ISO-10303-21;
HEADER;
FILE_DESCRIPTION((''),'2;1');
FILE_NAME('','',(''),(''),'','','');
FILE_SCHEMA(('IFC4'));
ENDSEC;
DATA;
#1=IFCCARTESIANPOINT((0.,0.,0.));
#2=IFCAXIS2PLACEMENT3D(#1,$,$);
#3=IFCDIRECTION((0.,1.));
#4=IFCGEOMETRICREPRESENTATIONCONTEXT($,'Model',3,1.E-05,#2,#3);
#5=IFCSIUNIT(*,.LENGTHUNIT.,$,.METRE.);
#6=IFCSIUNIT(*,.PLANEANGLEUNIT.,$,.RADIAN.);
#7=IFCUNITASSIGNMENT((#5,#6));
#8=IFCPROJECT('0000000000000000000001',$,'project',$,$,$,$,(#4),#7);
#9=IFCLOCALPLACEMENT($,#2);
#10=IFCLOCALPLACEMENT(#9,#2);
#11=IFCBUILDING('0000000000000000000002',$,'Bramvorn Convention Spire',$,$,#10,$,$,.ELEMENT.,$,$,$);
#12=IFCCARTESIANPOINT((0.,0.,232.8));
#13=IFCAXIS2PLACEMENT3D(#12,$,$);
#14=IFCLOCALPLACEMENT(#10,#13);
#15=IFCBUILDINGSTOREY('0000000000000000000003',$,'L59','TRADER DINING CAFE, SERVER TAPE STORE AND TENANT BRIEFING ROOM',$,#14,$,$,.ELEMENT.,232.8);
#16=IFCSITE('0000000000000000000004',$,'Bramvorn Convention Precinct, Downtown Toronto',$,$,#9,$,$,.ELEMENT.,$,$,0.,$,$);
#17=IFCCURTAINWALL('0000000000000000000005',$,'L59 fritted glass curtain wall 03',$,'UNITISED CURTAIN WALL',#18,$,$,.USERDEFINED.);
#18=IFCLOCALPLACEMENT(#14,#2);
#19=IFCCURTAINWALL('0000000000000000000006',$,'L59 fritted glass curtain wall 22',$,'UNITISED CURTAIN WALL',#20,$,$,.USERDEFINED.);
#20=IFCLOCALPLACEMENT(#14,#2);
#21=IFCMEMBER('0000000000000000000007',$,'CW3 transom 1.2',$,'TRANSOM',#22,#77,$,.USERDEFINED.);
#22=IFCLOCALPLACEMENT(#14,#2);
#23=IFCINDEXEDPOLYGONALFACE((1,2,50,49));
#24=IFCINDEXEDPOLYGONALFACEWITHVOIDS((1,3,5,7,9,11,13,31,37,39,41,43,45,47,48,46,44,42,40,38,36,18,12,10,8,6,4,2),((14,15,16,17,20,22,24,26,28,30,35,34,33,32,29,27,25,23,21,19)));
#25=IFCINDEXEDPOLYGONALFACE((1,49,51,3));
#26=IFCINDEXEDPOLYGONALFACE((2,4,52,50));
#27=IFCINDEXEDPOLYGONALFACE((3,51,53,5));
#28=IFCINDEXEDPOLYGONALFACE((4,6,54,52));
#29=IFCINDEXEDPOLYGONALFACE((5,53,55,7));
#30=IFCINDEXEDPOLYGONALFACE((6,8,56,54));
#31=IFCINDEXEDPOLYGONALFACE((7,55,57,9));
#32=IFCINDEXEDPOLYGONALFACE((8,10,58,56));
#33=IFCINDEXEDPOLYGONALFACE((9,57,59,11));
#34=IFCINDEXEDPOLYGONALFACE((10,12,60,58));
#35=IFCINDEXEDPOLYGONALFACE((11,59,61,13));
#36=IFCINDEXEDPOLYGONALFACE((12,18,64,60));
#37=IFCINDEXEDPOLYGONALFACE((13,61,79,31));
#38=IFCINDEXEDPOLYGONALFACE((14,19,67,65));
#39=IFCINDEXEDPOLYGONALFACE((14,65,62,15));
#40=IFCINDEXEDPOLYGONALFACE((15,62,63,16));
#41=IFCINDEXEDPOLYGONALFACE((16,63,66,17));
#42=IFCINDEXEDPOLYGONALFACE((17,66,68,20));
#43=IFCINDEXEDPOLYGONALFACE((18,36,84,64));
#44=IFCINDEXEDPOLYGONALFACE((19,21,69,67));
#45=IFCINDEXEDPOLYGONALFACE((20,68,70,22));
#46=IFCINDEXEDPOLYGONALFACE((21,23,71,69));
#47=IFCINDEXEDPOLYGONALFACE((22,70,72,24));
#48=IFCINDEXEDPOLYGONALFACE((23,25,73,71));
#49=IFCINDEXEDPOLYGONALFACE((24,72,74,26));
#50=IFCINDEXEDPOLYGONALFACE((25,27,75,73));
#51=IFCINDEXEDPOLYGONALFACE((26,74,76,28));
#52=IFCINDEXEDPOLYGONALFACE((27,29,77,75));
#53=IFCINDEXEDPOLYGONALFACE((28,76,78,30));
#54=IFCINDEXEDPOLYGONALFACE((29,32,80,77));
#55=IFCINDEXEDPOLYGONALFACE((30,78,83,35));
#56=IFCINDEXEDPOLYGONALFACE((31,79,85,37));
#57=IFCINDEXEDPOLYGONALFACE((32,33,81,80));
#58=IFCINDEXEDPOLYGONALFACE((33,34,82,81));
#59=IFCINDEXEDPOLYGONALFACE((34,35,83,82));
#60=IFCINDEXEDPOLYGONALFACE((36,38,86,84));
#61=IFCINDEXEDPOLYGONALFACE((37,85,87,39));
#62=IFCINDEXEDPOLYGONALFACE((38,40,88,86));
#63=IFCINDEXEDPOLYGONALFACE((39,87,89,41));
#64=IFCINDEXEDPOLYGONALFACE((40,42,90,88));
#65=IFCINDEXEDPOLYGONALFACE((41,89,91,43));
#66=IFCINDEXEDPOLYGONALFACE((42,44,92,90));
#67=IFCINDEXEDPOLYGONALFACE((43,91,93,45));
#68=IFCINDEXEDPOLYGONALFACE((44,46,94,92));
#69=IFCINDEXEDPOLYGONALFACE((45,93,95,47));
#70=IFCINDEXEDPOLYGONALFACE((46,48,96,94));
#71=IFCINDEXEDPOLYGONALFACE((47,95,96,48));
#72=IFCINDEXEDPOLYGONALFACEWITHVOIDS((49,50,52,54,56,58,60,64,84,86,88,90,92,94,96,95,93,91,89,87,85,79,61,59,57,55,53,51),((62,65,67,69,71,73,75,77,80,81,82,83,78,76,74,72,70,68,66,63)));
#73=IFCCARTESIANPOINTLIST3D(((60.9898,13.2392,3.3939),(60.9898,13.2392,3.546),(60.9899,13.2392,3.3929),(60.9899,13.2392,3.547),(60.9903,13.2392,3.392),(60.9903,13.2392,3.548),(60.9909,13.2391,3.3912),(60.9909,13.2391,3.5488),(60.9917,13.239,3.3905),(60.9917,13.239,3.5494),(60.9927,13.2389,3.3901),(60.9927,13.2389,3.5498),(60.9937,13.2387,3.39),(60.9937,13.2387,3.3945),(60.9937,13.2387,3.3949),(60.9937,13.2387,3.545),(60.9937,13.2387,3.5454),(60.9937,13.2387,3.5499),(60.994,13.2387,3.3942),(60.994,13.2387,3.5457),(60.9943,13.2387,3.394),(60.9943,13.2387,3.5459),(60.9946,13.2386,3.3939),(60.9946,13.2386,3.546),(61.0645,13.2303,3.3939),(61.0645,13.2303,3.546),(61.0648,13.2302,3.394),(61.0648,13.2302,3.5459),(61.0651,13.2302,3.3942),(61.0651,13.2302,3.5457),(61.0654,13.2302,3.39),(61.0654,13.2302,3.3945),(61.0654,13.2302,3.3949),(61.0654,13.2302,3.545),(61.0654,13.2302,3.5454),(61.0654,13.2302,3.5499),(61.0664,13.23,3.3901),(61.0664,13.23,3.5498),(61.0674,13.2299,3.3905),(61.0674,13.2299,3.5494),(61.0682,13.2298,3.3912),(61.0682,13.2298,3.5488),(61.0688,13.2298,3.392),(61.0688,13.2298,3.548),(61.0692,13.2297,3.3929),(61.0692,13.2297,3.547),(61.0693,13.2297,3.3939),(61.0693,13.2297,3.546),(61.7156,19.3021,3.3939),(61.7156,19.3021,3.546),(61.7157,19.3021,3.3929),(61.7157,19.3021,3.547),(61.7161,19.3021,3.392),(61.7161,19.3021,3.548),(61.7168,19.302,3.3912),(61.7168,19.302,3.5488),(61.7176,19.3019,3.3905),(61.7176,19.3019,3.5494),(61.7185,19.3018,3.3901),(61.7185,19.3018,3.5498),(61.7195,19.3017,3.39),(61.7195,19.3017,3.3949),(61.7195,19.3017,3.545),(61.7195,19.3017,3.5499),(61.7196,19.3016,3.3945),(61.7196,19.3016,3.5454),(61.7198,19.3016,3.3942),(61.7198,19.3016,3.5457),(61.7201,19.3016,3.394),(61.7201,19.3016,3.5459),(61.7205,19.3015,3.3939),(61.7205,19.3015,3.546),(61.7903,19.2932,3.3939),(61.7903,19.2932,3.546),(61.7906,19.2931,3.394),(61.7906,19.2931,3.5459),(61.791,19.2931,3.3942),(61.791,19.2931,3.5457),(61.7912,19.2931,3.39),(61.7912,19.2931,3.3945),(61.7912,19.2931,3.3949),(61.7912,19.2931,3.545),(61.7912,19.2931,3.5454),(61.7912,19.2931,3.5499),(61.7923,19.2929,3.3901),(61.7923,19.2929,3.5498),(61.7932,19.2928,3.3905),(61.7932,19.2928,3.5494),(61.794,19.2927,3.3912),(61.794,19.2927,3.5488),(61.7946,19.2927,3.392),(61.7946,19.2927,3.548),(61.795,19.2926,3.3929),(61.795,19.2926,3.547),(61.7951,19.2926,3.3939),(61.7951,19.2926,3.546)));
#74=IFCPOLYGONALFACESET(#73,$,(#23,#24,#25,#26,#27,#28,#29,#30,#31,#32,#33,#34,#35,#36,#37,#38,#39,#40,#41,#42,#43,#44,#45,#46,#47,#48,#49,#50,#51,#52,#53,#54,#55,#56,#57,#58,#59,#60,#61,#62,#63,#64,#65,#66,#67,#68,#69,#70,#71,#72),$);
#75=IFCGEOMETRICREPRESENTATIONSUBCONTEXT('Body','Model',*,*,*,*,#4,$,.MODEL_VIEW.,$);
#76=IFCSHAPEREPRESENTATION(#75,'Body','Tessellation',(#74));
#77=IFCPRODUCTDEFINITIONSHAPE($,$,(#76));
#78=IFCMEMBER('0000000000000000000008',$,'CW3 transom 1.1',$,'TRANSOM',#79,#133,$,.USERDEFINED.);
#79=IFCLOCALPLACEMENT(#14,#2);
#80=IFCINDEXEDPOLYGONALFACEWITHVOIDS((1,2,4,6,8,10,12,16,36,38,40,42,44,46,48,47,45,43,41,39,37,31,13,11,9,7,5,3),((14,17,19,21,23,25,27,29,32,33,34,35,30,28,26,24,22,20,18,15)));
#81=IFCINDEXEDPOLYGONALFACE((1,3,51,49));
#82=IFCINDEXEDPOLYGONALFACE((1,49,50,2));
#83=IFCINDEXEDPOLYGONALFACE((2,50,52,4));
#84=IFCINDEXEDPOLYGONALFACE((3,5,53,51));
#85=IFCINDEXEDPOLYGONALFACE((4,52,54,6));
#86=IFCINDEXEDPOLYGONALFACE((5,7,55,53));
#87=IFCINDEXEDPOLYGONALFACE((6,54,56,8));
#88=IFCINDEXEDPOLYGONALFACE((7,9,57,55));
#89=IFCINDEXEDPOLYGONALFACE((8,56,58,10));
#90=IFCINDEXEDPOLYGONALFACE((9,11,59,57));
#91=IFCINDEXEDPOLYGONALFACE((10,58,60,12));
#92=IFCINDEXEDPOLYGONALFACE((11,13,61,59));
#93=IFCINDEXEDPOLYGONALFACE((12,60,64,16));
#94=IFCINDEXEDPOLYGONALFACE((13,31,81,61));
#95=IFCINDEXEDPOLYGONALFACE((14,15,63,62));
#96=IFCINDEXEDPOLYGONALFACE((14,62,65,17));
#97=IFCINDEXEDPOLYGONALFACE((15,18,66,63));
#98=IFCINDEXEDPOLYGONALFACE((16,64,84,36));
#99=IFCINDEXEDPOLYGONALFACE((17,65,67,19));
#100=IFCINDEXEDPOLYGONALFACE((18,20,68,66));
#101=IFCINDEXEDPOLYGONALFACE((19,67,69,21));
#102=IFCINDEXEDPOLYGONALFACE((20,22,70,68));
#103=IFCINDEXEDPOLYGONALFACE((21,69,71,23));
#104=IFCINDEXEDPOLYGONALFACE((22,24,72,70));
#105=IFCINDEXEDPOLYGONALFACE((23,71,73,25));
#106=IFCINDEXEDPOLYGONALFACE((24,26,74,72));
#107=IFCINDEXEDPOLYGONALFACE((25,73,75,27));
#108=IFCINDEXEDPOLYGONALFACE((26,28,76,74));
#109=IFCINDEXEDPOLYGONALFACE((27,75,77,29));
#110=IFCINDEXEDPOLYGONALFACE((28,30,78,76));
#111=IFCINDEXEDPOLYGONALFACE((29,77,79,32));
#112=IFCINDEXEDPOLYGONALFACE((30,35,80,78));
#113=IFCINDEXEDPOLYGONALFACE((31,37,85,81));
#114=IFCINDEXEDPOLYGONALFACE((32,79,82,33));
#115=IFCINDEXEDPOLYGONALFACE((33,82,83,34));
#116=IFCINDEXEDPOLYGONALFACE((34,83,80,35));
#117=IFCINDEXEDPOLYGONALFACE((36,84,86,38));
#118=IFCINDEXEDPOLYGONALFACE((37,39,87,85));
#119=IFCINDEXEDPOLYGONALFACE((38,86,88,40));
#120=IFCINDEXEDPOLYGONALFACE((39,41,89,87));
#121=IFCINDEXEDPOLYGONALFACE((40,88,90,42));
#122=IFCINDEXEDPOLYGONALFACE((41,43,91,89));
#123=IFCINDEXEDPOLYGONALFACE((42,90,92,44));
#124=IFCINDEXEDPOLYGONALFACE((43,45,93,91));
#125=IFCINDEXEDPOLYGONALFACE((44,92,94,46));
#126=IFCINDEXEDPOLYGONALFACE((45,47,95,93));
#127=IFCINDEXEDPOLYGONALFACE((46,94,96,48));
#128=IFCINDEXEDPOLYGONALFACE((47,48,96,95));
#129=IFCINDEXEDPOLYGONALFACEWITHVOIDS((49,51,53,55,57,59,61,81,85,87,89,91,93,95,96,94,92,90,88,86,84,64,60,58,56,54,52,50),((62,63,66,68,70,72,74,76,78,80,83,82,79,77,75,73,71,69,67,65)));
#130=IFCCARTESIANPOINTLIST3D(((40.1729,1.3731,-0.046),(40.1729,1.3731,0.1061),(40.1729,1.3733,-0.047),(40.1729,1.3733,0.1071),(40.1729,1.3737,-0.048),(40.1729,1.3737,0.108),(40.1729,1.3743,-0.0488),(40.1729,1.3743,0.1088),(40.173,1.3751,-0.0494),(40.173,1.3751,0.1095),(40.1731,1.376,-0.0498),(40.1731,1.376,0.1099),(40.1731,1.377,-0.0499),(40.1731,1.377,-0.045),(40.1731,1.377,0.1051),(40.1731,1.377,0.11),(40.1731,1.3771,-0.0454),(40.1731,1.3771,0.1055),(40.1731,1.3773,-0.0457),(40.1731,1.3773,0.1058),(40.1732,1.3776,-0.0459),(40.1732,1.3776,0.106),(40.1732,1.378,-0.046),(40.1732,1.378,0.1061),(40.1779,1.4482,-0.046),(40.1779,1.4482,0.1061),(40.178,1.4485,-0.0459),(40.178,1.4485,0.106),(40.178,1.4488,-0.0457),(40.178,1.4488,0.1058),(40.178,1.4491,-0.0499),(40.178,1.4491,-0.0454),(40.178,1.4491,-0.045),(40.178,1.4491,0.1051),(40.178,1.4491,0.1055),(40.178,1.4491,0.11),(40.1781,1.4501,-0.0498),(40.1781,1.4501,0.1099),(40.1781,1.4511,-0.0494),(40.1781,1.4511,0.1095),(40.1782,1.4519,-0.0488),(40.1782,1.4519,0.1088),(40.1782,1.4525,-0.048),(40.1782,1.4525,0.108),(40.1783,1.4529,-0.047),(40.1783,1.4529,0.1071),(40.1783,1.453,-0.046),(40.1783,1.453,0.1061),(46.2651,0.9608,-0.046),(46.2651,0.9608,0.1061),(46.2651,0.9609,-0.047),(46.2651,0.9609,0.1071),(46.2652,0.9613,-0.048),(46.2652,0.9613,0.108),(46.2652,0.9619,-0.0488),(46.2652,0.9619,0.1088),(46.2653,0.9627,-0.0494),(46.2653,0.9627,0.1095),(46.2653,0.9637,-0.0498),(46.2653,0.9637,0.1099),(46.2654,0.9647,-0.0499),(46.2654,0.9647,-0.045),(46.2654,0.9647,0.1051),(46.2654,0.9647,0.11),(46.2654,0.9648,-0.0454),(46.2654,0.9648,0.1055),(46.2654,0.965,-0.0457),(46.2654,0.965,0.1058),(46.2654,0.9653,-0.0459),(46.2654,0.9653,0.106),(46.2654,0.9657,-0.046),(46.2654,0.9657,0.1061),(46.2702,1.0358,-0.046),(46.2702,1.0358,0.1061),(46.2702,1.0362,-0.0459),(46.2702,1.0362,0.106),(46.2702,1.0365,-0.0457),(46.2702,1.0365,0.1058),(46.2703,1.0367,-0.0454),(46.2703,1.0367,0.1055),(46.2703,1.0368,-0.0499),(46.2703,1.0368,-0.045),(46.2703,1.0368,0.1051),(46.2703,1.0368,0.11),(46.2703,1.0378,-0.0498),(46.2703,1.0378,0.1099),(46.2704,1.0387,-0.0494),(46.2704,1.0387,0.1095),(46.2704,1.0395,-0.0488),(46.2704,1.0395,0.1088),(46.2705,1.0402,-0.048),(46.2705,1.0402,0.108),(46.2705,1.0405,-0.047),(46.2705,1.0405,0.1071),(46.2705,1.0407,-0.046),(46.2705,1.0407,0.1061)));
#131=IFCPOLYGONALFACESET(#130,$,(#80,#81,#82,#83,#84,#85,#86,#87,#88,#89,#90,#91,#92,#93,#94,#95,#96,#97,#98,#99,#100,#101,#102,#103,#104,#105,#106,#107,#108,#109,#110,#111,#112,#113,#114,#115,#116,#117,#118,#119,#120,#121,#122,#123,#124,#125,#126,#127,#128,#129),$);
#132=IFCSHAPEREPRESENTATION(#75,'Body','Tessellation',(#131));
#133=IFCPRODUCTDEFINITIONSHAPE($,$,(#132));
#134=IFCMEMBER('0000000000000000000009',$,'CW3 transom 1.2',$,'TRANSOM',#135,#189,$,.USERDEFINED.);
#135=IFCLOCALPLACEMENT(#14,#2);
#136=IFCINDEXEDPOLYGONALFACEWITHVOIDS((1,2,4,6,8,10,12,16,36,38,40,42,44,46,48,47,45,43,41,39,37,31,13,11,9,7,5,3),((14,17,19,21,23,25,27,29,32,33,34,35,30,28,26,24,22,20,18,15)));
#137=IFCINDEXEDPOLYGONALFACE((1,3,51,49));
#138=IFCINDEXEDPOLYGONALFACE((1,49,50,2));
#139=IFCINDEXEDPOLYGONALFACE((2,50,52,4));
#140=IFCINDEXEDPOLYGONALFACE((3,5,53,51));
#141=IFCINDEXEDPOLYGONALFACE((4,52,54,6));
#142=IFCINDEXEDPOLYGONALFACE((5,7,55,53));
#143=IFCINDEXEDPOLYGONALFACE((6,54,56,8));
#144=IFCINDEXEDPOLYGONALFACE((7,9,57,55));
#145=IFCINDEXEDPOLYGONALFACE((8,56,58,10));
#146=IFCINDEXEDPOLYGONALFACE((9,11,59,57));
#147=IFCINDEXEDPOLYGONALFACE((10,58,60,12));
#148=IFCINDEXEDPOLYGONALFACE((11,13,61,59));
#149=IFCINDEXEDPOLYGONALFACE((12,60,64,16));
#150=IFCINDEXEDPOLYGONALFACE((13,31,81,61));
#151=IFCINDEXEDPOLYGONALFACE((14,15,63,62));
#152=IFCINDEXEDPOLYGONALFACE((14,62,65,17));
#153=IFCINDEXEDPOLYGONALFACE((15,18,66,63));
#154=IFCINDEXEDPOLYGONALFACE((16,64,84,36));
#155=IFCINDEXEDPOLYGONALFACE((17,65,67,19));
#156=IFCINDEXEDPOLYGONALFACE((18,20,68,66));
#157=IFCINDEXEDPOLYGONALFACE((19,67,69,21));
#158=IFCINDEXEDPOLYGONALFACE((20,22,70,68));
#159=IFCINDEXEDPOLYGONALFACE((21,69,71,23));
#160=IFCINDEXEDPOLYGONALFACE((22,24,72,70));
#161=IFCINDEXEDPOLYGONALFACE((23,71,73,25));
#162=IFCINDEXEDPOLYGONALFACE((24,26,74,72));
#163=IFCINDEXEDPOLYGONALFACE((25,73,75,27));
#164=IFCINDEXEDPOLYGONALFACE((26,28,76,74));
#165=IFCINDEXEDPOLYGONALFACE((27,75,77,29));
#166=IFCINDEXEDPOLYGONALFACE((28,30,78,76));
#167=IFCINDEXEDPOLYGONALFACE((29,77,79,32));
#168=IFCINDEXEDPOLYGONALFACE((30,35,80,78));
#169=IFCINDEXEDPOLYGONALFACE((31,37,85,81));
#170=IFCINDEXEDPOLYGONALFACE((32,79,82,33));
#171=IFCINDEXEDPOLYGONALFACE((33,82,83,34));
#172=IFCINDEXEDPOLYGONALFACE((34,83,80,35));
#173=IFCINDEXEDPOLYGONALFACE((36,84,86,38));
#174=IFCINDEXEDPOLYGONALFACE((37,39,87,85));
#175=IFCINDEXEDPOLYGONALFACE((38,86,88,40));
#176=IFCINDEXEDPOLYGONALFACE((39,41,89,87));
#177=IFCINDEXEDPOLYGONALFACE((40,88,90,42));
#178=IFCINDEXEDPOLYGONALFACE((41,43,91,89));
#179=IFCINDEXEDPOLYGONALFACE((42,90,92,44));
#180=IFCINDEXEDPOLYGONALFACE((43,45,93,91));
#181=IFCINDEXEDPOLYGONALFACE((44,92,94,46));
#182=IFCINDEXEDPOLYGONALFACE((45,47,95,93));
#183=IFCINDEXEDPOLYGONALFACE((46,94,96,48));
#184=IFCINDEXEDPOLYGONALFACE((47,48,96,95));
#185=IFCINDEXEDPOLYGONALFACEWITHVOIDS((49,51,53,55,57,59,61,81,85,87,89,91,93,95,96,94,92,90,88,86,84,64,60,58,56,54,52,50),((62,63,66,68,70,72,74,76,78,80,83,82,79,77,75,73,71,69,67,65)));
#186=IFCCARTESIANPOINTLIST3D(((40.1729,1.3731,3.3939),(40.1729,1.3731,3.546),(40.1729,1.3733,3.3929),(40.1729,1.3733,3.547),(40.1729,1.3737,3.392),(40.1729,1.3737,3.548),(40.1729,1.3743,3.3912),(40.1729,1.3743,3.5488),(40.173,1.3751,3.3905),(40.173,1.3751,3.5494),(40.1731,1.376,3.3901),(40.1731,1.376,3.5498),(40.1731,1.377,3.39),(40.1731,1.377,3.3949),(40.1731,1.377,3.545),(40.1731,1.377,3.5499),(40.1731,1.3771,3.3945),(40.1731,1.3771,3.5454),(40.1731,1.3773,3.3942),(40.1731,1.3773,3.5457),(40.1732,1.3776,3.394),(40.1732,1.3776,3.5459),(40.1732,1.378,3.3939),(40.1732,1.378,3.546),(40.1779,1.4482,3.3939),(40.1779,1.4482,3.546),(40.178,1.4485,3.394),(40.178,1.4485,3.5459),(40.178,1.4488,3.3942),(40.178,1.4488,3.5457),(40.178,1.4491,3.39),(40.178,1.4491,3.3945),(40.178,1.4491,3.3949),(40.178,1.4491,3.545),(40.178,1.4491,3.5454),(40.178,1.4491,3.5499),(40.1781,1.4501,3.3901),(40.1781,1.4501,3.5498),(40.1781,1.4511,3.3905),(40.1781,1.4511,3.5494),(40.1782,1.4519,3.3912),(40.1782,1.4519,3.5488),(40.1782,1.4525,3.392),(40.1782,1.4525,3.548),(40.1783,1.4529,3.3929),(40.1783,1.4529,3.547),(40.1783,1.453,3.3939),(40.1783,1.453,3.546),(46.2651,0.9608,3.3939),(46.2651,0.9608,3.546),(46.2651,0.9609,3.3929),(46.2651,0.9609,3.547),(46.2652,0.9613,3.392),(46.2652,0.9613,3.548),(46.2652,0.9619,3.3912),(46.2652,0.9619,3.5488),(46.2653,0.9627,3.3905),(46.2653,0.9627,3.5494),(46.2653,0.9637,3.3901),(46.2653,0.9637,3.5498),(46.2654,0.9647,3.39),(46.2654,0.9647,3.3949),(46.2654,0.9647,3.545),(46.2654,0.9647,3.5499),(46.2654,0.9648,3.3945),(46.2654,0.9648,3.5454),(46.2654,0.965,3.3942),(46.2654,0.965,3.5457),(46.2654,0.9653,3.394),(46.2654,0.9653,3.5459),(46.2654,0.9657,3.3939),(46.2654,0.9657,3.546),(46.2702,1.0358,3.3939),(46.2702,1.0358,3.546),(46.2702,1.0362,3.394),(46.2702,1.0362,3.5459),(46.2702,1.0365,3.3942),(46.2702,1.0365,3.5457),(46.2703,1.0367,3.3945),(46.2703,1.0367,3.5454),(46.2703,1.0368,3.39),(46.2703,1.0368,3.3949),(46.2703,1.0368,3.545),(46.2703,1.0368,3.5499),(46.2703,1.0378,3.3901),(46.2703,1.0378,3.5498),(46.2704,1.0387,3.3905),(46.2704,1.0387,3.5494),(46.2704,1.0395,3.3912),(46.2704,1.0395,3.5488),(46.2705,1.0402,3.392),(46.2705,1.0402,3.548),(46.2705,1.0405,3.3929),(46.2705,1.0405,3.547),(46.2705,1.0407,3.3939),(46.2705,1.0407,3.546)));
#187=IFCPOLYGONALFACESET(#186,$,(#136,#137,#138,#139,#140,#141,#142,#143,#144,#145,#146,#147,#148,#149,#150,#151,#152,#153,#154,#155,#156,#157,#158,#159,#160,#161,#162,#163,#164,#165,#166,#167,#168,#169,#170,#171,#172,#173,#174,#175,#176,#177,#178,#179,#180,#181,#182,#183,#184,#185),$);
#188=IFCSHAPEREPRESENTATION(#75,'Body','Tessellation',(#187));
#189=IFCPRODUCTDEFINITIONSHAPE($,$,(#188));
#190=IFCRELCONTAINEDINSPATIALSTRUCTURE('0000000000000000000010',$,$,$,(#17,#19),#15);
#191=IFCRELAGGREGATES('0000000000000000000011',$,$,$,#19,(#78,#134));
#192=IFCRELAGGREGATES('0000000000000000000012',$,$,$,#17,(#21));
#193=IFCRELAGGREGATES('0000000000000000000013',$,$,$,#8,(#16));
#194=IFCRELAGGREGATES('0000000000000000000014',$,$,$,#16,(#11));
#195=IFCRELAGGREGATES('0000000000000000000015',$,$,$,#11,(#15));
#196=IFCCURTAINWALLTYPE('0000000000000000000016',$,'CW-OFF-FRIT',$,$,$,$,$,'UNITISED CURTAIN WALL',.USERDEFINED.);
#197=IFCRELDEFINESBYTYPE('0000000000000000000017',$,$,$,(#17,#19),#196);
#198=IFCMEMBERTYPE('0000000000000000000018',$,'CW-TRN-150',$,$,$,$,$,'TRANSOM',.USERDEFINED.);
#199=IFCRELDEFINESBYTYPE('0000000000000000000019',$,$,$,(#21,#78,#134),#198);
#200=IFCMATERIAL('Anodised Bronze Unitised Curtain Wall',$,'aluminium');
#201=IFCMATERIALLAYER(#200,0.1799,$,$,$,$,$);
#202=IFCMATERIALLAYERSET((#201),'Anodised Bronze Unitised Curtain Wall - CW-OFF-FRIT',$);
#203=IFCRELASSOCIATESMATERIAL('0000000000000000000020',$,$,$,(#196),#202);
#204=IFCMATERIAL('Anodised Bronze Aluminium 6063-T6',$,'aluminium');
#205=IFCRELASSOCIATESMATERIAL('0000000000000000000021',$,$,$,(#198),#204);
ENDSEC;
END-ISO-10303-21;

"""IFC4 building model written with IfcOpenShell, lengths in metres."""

from ifc_helpers import new_model, si_unit, direction, frame, origin, origin_2d, place, context, subcontext, project, spatial, hollow_rectangle, extrude, material, layer, layer_set, material_profile, profile_set, type_object, element, aggregate, save


model = new_model("IFC4")

# Units and contexts
model_context = context("Model", 3, precision=1e-05, world=origin(), true_north=direction((0.0, 1.0)))
body_context = subcontext(model_context, "Body", "Model", "MODEL_VIEW")
ifc_project = project(units=[si_unit("LENGTHUNIT", "METRE"), si_unit("PLANEANGLEUNIT", "RADIAN")], contexts=[model_context])

# Site, building, storey
site_placement = place(None, origin())
site = spatial("IfcSite", under=ifc_project, at=site_placement, Name="Bramvorn Convention Precinct, Downtown Toronto", CompositionType="ELEMENT", RefElevation=0.0)
building_placement = place(site_placement, origin())
building = spatial("IfcBuilding", under=site, at=building_placement, Name="Bramvorn Convention Spire", CompositionType="ELEMENT")
storey_placement = place(building_placement, frame((0.0, 0.0, 232.8)))
storey = spatial("IfcBuildingStorey", under=building, at=storey_placement, Name="L59", Description="TRADER DINING CAFE, SERVER TAPE STORE AND TENANT BRIEFING ROOM", CompositionType="ELEMENT", Elevation=232.8)

# Curtain wall
ifc_material_1 = material(Name="Anodised Bronze Unitised Curtain Wall", Category="aluminium")
ifc_layer_1 = layer(ifc_material_1, 0.1799)
ifc_layer_set_1 = layer_set([ifc_layer_1], Name="Anodised Bronze Unitised Curtain Wall - CW-OFF-FRIT")
curtain_wall_type = type_object("IfcCurtainWallType", Name="CW-OFF-FRIT", ElementType="UNITISED CURTAIN WALL", PredefinedType="USERDEFINED", material=ifc_layer_set_1)
curtain_wall_1_placement = place(storey_placement, origin())
curtain_wall_1 = element("IfcCurtainWall", 1, at=curtain_wall_1_placement, inside=storey, type_object=curtain_wall_type, Name="L59 fritted glass curtain wall 03", ObjectType="UNITISED CURTAIN WALL", PredefinedType="USERDEFINED")
ifc_material_2 = material(Name="Anodised Bronze Aluminium 6063-T6", Category="aluminium")

# Curtain wall
curtain_wall_2_placement = place(storey_placement, origin())
curtain_wall_2 = element("IfcCurtainWall", 2, at=curtain_wall_2_placement, inside=storey, type_object=curtain_wall_type, Name="L59 fritted glass curtain wall 22", ObjectType="UNITISED CURTAIN WALL", PredefinedType="USERDEFINED")

# Members
ifc_material_profile_1 = material_profile(ifc_material_2, hollow_rectangle(XDim=0.0801, YDim=0.1599, WallThickness=0.0039, InnerFilletRadius=0.001, OuterFilletRadius=0.0039, at=origin_2d()))
ifc_profile_set_1 = profile_set([ifc_material_profile_1], Name="Anodised Bronze Aluminium 6063-T6 - CWT80X160")
member_type_1 = type_object("IfcMemberType", Name="CW-TRN-150", ElementType="TRANSOM", PredefinedType="USERDEFINED", material=ifc_profile_set_1)
member_1_placement = place(storey_placement, frame((61.7554, 19.2974, 3.47), z_axis=(-0.118866, -0.99291, 0.0), x_axis=(0.99291, -0.118866, 0.0)))
member_1 = element("IfcMember", 3, at=member_1_placement, type_object=member_type_1, Name="CW3 transom 1.2", ObjectType="TRANSOM", PredefinedType="USERDEFINED", context=body_context, shape_type="SweptSolid", body=[
    extrude(hollow_rectangle(XDim=0.0801, YDim=0.1599, WallThickness=0.0039, InnerFilletRadius=0.001, OuterFilletRadius=0.0039, at=origin_2d()), origin(), (0.0, 0.0, 1.0), 6.1062),
])
member_2_placement = place(storey_placement, frame((46.2678, 1.0007, 0.03), z_axis=(-0.997717, 0.06753, 0.0), x_axis=(-0.06753, -0.997717, 0.0)))
member_2 = element("IfcMember", 4, at=member_2_placement, type_object=member_type_1, Name="CW3 transom 1.1", ObjectType="TRANSOM", PredefinedType="USERDEFINED", context=body_context, shape_type="SweptSolid", body=[
    extrude(hollow_rectangle(XDim=0.0801, YDim=0.1599, WallThickness=0.0039, InnerFilletRadius=0.001, OuterFilletRadius=0.0039, at=origin_2d()), origin(), (0.0, 0.0, 1.0), 6.1062),
])
member_3_placement = place(storey_placement, frame((46.2678, 1.0007, 3.47), z_axis=(-0.997717, 0.06753, 0.0), x_axis=(-0.06753, -0.997717, 0.0)))
member_3 = element("IfcMember", 5, at=member_3_placement, type_object=member_type_1, Name="CW3 transom 1.2", ObjectType="TRANSOM", PredefinedType="USERDEFINED", context=body_context, shape_type="SweptSolid", body=[
    extrude(hollow_rectangle(XDim=0.0801, YDim=0.1599, WallThickness=0.0039, InnerFilletRadius=0.001, OuterFilletRadius=0.0039, at=origin_2d()), origin(), (0.0, 0.0, 1.0), 6.1062),
])
aggregate(curtain_wall_2, [member_2, member_3])

aggregate(curtain_wall_1, [member_1])

save(model, "model.ifc")
